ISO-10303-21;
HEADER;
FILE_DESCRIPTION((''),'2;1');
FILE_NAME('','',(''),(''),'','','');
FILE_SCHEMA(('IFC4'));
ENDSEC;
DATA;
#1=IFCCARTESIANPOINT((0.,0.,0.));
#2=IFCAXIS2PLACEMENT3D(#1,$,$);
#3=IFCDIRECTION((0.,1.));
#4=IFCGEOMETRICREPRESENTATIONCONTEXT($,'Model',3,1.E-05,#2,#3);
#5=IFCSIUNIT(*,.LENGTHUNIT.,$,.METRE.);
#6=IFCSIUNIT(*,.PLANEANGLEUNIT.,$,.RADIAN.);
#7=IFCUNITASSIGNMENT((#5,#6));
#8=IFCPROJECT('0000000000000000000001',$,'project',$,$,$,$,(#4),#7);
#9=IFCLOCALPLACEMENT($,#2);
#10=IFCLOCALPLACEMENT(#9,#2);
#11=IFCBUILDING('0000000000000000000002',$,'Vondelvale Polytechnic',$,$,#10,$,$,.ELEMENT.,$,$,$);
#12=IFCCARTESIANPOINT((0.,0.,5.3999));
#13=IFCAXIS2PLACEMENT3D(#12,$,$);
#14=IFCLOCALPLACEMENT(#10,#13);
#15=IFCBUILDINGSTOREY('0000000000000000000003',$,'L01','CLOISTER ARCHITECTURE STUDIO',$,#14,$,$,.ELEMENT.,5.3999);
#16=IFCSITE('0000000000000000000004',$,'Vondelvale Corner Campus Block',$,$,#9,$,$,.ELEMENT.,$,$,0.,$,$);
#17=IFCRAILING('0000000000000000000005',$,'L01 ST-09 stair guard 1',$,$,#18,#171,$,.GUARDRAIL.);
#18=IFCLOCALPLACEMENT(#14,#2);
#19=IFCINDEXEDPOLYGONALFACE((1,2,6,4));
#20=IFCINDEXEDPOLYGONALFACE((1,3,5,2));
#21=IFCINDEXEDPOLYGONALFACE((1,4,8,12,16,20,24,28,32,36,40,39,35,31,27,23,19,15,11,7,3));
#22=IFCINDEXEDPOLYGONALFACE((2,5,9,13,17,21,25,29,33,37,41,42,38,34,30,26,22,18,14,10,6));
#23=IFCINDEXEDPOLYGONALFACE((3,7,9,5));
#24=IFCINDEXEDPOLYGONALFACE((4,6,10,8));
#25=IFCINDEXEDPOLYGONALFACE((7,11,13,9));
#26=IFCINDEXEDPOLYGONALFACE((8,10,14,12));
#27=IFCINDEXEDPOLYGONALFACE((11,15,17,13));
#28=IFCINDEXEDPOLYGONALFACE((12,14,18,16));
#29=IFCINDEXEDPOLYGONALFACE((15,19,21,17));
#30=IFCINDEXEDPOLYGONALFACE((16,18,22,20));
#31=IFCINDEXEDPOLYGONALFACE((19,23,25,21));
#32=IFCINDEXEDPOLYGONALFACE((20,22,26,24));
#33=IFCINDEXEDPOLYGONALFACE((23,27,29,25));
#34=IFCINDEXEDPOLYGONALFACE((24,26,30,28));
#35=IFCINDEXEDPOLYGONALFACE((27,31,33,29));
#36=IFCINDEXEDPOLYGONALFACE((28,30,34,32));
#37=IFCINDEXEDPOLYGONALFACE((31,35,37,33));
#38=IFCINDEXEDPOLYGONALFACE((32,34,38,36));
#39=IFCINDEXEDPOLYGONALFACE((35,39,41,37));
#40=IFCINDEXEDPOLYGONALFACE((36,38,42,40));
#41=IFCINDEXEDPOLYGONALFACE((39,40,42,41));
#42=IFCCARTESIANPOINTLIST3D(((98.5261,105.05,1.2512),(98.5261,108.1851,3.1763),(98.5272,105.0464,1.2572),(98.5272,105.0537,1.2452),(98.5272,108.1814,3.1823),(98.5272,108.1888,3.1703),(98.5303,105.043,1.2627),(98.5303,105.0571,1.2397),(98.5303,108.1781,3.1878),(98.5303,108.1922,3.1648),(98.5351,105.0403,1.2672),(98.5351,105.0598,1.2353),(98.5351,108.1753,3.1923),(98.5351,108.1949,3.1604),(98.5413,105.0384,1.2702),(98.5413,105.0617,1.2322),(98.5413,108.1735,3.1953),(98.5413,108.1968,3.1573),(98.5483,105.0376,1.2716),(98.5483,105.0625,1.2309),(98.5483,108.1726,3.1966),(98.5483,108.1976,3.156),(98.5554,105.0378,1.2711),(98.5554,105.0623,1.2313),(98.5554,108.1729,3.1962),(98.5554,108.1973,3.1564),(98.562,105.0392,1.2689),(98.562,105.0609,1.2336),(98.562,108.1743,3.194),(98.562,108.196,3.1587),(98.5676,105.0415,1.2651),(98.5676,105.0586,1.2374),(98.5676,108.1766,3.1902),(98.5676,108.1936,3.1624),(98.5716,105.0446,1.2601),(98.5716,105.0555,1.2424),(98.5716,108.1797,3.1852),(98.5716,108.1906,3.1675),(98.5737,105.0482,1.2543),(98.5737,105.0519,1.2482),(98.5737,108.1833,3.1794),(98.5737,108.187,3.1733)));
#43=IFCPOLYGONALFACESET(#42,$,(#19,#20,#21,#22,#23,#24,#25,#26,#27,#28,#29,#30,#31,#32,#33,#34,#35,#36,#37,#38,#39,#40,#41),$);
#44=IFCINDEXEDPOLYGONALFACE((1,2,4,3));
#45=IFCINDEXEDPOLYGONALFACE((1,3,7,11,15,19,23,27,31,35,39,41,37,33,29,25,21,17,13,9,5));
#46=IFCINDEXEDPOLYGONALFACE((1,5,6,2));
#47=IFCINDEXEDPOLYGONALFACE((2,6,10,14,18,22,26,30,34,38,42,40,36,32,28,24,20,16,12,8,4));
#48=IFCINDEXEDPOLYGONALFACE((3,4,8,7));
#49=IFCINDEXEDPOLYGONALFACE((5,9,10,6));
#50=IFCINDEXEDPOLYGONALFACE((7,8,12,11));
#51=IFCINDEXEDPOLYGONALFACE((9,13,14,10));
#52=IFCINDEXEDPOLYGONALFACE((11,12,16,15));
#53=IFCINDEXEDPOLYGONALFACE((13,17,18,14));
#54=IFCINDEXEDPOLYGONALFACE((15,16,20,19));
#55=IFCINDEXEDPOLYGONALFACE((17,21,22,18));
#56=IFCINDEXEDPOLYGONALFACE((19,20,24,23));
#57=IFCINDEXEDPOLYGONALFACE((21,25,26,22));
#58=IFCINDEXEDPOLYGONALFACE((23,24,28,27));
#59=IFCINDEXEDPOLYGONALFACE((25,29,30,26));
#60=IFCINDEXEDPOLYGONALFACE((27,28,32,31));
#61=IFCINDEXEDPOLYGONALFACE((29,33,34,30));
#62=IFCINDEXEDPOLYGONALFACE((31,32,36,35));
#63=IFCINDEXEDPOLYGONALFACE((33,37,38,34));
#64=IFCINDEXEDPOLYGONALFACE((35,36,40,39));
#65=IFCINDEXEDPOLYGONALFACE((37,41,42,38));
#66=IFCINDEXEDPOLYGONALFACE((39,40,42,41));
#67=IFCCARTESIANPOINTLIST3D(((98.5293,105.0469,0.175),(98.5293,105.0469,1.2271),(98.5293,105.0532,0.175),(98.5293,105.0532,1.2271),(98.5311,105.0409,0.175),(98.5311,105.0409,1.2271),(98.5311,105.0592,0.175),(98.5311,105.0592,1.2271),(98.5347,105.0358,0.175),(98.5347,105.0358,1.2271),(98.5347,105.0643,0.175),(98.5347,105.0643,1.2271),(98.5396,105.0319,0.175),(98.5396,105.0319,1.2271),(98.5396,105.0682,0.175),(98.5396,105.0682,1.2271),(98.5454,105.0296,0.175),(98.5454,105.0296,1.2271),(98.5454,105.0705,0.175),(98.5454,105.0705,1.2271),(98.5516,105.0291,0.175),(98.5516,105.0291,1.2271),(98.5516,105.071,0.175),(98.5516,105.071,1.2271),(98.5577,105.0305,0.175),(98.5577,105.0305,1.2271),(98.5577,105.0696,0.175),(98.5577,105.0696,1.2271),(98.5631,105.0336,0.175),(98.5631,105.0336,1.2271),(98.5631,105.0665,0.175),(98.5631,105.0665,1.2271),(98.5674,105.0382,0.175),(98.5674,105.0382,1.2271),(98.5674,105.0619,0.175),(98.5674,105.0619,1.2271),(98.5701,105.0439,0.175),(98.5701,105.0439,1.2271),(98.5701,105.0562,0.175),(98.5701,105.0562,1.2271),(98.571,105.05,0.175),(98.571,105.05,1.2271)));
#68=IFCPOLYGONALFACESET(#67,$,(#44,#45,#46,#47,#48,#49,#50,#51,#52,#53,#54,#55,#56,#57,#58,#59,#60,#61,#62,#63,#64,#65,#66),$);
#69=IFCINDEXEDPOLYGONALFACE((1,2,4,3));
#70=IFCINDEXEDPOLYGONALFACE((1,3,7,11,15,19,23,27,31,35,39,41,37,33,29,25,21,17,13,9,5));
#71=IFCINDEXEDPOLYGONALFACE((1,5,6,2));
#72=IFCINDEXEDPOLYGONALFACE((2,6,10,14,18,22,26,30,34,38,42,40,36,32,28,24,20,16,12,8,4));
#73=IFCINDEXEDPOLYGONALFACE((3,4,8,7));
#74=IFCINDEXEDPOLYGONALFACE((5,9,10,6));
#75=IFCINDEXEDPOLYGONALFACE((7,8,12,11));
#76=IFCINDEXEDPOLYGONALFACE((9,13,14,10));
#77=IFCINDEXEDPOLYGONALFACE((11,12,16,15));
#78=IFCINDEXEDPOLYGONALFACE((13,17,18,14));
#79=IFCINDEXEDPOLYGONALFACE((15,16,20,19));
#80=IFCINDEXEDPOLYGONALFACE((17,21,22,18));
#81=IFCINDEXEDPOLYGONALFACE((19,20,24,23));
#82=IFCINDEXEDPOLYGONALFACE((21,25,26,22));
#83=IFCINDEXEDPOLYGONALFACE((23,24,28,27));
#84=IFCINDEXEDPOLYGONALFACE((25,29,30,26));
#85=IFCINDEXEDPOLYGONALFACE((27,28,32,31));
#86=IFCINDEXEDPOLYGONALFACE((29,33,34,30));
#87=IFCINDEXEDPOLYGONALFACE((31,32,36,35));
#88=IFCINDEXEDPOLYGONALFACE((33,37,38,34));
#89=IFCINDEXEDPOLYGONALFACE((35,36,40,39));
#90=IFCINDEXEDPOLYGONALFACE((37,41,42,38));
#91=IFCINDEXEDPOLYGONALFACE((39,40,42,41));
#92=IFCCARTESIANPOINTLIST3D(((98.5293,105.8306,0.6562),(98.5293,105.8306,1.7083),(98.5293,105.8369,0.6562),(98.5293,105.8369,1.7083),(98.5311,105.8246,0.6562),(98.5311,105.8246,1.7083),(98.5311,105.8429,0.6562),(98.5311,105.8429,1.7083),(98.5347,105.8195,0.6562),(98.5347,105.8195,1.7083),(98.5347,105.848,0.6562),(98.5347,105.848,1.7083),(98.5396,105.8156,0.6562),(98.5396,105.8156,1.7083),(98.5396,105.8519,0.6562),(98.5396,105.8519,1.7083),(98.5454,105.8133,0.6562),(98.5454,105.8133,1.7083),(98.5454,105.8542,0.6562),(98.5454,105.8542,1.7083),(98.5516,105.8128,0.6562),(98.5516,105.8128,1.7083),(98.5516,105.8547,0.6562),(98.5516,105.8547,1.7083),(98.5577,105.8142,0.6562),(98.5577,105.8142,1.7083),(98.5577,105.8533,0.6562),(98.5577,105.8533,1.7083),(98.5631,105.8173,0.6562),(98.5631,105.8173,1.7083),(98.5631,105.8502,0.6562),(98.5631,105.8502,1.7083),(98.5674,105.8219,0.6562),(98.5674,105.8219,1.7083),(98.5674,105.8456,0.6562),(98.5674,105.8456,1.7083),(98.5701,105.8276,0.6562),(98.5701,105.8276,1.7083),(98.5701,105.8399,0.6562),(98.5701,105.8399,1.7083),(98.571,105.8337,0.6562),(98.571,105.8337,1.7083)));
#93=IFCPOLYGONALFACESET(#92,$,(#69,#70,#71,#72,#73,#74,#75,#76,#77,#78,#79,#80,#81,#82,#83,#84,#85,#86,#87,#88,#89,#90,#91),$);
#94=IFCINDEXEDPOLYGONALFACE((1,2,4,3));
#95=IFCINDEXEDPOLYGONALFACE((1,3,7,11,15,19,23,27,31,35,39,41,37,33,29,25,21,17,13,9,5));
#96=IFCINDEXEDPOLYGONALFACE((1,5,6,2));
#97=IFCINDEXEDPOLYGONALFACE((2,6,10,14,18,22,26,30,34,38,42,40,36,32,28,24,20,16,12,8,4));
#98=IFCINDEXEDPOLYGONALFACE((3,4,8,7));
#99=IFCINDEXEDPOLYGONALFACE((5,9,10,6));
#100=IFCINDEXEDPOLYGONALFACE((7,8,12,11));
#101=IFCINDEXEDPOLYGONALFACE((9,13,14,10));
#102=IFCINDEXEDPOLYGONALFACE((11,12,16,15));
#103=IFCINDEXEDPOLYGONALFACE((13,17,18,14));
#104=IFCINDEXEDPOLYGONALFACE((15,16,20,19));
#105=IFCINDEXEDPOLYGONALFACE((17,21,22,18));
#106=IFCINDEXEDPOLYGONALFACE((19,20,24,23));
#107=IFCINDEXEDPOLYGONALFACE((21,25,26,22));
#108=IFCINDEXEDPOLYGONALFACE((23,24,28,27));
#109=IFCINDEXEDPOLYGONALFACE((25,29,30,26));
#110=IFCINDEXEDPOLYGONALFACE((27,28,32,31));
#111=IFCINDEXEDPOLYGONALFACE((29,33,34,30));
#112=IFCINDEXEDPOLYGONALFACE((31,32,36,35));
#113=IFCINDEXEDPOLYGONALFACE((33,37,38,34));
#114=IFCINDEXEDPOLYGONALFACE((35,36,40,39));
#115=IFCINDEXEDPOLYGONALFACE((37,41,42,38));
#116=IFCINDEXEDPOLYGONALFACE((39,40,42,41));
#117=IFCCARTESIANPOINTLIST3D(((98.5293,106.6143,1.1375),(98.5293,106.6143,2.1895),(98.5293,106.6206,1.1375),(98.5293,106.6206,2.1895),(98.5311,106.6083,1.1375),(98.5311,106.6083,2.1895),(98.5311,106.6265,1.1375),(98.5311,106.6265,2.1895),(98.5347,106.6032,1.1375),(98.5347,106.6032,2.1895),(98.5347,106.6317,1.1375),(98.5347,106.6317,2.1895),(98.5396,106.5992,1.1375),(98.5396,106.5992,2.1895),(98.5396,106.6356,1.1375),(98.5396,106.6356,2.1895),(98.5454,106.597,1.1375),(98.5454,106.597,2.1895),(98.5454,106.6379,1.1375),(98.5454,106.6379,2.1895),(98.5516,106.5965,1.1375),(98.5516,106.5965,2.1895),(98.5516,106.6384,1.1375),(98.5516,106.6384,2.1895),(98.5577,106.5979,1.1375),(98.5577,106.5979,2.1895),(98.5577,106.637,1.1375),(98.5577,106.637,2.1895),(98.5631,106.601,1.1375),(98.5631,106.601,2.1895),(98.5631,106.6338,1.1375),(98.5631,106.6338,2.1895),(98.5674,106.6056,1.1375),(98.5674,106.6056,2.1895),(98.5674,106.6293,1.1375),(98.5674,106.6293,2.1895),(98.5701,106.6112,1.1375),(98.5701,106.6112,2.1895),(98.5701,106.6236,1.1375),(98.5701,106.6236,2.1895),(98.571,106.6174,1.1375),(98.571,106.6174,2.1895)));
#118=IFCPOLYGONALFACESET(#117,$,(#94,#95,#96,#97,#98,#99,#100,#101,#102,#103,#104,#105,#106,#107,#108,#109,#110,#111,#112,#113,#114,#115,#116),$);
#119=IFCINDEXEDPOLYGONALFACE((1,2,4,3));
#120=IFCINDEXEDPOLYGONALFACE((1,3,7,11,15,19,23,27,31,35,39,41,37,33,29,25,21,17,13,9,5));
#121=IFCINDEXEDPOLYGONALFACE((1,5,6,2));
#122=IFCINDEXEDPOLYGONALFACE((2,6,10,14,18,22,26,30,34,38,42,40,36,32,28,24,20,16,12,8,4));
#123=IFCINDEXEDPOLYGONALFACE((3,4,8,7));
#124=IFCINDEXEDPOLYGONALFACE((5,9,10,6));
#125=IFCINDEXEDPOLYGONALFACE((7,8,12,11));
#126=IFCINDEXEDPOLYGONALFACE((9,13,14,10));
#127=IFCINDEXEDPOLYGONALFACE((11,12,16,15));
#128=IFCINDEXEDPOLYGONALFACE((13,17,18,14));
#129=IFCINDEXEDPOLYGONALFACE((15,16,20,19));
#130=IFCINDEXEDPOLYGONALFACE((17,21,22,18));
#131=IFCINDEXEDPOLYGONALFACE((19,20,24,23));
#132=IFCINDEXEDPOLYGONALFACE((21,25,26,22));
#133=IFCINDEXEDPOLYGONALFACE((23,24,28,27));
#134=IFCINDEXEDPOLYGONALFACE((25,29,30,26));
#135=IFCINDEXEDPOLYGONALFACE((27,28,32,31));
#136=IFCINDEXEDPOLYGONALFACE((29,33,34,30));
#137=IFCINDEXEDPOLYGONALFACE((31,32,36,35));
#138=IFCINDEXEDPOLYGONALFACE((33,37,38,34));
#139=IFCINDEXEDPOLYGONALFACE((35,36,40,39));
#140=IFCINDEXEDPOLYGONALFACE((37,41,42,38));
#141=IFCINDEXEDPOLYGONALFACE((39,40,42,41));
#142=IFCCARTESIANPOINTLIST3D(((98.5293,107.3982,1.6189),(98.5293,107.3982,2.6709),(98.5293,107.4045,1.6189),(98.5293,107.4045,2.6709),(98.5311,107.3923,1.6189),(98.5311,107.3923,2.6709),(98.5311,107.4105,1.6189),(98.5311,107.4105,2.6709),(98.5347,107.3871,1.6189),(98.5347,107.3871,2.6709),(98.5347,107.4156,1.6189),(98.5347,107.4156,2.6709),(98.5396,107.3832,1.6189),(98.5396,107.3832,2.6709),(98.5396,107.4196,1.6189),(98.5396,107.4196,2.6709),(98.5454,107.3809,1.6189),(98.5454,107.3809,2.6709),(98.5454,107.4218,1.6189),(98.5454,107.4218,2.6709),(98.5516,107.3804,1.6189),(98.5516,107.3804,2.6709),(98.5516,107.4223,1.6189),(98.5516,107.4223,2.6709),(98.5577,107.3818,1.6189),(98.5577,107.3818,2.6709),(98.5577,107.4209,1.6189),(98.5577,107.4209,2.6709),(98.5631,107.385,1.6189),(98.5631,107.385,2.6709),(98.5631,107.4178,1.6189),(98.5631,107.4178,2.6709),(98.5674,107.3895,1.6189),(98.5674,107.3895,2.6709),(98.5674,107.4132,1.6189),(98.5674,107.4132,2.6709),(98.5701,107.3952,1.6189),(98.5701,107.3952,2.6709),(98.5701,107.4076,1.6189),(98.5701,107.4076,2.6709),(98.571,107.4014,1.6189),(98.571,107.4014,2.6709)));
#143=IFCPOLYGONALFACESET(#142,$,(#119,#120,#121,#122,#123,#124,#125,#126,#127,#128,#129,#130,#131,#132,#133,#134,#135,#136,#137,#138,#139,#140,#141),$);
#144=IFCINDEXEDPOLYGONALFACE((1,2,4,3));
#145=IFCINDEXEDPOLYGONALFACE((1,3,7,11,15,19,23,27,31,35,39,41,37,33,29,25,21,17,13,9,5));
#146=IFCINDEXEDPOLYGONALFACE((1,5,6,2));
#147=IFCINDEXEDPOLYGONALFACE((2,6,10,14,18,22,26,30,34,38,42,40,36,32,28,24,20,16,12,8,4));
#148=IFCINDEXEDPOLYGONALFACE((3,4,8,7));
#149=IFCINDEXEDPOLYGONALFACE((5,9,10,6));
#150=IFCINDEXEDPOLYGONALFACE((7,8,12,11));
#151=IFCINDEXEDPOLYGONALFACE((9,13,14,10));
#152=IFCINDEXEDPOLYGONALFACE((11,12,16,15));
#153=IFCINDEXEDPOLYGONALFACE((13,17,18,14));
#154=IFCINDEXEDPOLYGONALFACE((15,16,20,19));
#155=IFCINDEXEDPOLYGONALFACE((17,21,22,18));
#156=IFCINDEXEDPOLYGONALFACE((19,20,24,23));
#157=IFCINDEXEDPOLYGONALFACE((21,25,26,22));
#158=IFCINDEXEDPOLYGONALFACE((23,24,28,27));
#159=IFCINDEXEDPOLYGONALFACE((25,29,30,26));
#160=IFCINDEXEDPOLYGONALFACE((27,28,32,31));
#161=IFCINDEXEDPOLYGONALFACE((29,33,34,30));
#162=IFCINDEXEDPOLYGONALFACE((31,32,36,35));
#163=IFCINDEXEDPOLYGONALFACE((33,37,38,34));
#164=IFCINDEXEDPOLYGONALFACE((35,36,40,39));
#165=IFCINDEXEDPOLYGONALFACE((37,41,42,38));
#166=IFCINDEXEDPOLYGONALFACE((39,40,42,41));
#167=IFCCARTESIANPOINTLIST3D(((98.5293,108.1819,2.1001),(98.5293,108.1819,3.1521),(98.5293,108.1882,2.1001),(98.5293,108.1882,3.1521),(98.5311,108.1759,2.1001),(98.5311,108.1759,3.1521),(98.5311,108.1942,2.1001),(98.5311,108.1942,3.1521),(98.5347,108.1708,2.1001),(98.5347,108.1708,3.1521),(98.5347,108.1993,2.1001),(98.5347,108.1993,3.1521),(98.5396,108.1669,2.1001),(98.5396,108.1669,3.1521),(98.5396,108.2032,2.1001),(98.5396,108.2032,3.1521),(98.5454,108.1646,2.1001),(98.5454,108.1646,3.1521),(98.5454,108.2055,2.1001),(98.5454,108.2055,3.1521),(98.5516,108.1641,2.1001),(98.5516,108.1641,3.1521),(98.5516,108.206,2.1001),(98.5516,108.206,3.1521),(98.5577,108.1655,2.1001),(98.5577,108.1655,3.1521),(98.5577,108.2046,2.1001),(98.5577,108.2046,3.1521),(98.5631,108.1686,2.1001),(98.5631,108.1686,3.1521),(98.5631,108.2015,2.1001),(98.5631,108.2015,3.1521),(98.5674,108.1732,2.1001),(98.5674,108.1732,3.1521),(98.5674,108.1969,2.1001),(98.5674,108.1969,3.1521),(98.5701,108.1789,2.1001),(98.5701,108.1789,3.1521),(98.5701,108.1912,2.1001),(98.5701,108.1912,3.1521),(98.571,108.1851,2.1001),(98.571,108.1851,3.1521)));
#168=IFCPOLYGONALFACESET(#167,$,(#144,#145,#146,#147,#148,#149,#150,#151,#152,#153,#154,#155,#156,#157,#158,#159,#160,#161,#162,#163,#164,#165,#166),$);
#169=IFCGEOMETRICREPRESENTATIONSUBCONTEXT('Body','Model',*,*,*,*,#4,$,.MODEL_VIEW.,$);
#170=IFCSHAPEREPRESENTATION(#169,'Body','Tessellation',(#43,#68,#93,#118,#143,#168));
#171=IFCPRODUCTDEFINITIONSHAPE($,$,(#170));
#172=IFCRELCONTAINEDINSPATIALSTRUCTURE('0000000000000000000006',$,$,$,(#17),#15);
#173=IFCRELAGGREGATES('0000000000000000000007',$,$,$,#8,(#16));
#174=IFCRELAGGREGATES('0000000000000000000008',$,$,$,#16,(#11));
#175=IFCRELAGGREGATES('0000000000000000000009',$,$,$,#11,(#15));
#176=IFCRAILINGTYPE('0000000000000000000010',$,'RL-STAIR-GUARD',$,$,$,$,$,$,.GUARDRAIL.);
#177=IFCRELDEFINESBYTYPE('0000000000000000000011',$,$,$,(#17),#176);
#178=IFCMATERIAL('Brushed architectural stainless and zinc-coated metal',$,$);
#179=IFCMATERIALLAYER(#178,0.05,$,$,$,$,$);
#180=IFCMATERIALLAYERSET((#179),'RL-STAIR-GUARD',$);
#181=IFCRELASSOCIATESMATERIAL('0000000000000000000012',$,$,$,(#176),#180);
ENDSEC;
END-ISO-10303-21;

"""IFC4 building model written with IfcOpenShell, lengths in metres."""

from ifc_helpers import new_model, si_unit, direction, frame, origin, origin_2d, place, context, subcontext, project, spatial, circle, extrude, material, layer, layer_set, type_object, element, save


model = new_model("IFC4")

# Units and contexts
model_context = context("Model", 3, precision=1e-05, world=origin(), true_north=direction((0.0, 1.0)))
body_context = subcontext(model_context, "Body", "Model", "MODEL_VIEW")
ifc_project = project(units=[si_unit("LENGTHUNIT", "METRE"), si_unit("PLANEANGLEUNIT", "RADIAN")], contexts=[model_context])

# Site, building, storey
site_placement = place(None, origin())
site = spatial("IfcSite", under=ifc_project, at=site_placement, Name="Vondelvale Corner Campus Block", CompositionType="ELEMENT", RefElevation=0.0)
building_placement = place(site_placement, origin())
building = spatial("IfcBuilding", under=site, at=building_placement, Name="Vondelvale Polytechnic", CompositionType="ELEMENT")
storey_placement = place(building_placement, frame((0.0, 0.0, 5.3999)))
storey = spatial("IfcBuildingStorey", under=building, at=storey_placement, Name="L01", Description="CLOISTER ARCHITECTURE STUDIO", CompositionType="ELEMENT", Elevation=5.3999)

# Railing
ifc_material_1 = material(Name="Brushed architectural stainless and zinc-coated metal")
ifc_layer_1 = layer(ifc_material_1, 0.05)
ifc_layer_set_1 = layer_set([ifc_layer_1], Name="RL-STAIR-GUARD")
railing_type_1 = type_object("IfcRailingType", Name="RL-STAIR-GUARD", PredefinedType="GUARDRAIL", material=ifc_layer_set_1)
railing_1_placement = place(storey_placement, frame((98.55, 105.05, 0.175)))
element("IfcRailing", 1, at=railing_1_placement, inside=storey, type_object=railing_type_1, Name="L01 ST-09 stair guard 1", PredefinedType="GUARDRAIL", context=body_context, shape_type="SweptSolid", body=[
    extrude(circle(Radius=0.0239, at=origin_2d()), frame((0.0, 0.0, 1.0762), z_axis=(0.0, 0.852166, 0.523271), x_axis=(-1.0, 0.0, 0.0)), (0.0, 0.0, 1.0), 3.679),
    extrude(circle(Radius=0.021, at=origin_2d()), origin(), (0.0, 0.0, 1.0), 1.052),
    extrude(circle(Radius=0.021, at=origin_2d()), frame((0.0, 0.7837, 0.4812)), (0.0, 0.0, 1.0), 1.052),
    extrude(circle(Radius=0.021, at=origin_2d()), frame((0.0, 1.5674, 0.9624)), (0.0, 0.0, 1.0), 1.052),
    extrude(circle(Radius=0.021, at=origin_2d()), frame((0.0, 2.3513, 1.4438)), (0.0, 0.0, 1.0), 1.052),
    extrude(circle(Radius=0.021, at=origin_2d()), frame((0.0, 3.135, 1.925)), (0.0, 0.0, 1.0), 1.052),
])

save(model, "model.ifc")
